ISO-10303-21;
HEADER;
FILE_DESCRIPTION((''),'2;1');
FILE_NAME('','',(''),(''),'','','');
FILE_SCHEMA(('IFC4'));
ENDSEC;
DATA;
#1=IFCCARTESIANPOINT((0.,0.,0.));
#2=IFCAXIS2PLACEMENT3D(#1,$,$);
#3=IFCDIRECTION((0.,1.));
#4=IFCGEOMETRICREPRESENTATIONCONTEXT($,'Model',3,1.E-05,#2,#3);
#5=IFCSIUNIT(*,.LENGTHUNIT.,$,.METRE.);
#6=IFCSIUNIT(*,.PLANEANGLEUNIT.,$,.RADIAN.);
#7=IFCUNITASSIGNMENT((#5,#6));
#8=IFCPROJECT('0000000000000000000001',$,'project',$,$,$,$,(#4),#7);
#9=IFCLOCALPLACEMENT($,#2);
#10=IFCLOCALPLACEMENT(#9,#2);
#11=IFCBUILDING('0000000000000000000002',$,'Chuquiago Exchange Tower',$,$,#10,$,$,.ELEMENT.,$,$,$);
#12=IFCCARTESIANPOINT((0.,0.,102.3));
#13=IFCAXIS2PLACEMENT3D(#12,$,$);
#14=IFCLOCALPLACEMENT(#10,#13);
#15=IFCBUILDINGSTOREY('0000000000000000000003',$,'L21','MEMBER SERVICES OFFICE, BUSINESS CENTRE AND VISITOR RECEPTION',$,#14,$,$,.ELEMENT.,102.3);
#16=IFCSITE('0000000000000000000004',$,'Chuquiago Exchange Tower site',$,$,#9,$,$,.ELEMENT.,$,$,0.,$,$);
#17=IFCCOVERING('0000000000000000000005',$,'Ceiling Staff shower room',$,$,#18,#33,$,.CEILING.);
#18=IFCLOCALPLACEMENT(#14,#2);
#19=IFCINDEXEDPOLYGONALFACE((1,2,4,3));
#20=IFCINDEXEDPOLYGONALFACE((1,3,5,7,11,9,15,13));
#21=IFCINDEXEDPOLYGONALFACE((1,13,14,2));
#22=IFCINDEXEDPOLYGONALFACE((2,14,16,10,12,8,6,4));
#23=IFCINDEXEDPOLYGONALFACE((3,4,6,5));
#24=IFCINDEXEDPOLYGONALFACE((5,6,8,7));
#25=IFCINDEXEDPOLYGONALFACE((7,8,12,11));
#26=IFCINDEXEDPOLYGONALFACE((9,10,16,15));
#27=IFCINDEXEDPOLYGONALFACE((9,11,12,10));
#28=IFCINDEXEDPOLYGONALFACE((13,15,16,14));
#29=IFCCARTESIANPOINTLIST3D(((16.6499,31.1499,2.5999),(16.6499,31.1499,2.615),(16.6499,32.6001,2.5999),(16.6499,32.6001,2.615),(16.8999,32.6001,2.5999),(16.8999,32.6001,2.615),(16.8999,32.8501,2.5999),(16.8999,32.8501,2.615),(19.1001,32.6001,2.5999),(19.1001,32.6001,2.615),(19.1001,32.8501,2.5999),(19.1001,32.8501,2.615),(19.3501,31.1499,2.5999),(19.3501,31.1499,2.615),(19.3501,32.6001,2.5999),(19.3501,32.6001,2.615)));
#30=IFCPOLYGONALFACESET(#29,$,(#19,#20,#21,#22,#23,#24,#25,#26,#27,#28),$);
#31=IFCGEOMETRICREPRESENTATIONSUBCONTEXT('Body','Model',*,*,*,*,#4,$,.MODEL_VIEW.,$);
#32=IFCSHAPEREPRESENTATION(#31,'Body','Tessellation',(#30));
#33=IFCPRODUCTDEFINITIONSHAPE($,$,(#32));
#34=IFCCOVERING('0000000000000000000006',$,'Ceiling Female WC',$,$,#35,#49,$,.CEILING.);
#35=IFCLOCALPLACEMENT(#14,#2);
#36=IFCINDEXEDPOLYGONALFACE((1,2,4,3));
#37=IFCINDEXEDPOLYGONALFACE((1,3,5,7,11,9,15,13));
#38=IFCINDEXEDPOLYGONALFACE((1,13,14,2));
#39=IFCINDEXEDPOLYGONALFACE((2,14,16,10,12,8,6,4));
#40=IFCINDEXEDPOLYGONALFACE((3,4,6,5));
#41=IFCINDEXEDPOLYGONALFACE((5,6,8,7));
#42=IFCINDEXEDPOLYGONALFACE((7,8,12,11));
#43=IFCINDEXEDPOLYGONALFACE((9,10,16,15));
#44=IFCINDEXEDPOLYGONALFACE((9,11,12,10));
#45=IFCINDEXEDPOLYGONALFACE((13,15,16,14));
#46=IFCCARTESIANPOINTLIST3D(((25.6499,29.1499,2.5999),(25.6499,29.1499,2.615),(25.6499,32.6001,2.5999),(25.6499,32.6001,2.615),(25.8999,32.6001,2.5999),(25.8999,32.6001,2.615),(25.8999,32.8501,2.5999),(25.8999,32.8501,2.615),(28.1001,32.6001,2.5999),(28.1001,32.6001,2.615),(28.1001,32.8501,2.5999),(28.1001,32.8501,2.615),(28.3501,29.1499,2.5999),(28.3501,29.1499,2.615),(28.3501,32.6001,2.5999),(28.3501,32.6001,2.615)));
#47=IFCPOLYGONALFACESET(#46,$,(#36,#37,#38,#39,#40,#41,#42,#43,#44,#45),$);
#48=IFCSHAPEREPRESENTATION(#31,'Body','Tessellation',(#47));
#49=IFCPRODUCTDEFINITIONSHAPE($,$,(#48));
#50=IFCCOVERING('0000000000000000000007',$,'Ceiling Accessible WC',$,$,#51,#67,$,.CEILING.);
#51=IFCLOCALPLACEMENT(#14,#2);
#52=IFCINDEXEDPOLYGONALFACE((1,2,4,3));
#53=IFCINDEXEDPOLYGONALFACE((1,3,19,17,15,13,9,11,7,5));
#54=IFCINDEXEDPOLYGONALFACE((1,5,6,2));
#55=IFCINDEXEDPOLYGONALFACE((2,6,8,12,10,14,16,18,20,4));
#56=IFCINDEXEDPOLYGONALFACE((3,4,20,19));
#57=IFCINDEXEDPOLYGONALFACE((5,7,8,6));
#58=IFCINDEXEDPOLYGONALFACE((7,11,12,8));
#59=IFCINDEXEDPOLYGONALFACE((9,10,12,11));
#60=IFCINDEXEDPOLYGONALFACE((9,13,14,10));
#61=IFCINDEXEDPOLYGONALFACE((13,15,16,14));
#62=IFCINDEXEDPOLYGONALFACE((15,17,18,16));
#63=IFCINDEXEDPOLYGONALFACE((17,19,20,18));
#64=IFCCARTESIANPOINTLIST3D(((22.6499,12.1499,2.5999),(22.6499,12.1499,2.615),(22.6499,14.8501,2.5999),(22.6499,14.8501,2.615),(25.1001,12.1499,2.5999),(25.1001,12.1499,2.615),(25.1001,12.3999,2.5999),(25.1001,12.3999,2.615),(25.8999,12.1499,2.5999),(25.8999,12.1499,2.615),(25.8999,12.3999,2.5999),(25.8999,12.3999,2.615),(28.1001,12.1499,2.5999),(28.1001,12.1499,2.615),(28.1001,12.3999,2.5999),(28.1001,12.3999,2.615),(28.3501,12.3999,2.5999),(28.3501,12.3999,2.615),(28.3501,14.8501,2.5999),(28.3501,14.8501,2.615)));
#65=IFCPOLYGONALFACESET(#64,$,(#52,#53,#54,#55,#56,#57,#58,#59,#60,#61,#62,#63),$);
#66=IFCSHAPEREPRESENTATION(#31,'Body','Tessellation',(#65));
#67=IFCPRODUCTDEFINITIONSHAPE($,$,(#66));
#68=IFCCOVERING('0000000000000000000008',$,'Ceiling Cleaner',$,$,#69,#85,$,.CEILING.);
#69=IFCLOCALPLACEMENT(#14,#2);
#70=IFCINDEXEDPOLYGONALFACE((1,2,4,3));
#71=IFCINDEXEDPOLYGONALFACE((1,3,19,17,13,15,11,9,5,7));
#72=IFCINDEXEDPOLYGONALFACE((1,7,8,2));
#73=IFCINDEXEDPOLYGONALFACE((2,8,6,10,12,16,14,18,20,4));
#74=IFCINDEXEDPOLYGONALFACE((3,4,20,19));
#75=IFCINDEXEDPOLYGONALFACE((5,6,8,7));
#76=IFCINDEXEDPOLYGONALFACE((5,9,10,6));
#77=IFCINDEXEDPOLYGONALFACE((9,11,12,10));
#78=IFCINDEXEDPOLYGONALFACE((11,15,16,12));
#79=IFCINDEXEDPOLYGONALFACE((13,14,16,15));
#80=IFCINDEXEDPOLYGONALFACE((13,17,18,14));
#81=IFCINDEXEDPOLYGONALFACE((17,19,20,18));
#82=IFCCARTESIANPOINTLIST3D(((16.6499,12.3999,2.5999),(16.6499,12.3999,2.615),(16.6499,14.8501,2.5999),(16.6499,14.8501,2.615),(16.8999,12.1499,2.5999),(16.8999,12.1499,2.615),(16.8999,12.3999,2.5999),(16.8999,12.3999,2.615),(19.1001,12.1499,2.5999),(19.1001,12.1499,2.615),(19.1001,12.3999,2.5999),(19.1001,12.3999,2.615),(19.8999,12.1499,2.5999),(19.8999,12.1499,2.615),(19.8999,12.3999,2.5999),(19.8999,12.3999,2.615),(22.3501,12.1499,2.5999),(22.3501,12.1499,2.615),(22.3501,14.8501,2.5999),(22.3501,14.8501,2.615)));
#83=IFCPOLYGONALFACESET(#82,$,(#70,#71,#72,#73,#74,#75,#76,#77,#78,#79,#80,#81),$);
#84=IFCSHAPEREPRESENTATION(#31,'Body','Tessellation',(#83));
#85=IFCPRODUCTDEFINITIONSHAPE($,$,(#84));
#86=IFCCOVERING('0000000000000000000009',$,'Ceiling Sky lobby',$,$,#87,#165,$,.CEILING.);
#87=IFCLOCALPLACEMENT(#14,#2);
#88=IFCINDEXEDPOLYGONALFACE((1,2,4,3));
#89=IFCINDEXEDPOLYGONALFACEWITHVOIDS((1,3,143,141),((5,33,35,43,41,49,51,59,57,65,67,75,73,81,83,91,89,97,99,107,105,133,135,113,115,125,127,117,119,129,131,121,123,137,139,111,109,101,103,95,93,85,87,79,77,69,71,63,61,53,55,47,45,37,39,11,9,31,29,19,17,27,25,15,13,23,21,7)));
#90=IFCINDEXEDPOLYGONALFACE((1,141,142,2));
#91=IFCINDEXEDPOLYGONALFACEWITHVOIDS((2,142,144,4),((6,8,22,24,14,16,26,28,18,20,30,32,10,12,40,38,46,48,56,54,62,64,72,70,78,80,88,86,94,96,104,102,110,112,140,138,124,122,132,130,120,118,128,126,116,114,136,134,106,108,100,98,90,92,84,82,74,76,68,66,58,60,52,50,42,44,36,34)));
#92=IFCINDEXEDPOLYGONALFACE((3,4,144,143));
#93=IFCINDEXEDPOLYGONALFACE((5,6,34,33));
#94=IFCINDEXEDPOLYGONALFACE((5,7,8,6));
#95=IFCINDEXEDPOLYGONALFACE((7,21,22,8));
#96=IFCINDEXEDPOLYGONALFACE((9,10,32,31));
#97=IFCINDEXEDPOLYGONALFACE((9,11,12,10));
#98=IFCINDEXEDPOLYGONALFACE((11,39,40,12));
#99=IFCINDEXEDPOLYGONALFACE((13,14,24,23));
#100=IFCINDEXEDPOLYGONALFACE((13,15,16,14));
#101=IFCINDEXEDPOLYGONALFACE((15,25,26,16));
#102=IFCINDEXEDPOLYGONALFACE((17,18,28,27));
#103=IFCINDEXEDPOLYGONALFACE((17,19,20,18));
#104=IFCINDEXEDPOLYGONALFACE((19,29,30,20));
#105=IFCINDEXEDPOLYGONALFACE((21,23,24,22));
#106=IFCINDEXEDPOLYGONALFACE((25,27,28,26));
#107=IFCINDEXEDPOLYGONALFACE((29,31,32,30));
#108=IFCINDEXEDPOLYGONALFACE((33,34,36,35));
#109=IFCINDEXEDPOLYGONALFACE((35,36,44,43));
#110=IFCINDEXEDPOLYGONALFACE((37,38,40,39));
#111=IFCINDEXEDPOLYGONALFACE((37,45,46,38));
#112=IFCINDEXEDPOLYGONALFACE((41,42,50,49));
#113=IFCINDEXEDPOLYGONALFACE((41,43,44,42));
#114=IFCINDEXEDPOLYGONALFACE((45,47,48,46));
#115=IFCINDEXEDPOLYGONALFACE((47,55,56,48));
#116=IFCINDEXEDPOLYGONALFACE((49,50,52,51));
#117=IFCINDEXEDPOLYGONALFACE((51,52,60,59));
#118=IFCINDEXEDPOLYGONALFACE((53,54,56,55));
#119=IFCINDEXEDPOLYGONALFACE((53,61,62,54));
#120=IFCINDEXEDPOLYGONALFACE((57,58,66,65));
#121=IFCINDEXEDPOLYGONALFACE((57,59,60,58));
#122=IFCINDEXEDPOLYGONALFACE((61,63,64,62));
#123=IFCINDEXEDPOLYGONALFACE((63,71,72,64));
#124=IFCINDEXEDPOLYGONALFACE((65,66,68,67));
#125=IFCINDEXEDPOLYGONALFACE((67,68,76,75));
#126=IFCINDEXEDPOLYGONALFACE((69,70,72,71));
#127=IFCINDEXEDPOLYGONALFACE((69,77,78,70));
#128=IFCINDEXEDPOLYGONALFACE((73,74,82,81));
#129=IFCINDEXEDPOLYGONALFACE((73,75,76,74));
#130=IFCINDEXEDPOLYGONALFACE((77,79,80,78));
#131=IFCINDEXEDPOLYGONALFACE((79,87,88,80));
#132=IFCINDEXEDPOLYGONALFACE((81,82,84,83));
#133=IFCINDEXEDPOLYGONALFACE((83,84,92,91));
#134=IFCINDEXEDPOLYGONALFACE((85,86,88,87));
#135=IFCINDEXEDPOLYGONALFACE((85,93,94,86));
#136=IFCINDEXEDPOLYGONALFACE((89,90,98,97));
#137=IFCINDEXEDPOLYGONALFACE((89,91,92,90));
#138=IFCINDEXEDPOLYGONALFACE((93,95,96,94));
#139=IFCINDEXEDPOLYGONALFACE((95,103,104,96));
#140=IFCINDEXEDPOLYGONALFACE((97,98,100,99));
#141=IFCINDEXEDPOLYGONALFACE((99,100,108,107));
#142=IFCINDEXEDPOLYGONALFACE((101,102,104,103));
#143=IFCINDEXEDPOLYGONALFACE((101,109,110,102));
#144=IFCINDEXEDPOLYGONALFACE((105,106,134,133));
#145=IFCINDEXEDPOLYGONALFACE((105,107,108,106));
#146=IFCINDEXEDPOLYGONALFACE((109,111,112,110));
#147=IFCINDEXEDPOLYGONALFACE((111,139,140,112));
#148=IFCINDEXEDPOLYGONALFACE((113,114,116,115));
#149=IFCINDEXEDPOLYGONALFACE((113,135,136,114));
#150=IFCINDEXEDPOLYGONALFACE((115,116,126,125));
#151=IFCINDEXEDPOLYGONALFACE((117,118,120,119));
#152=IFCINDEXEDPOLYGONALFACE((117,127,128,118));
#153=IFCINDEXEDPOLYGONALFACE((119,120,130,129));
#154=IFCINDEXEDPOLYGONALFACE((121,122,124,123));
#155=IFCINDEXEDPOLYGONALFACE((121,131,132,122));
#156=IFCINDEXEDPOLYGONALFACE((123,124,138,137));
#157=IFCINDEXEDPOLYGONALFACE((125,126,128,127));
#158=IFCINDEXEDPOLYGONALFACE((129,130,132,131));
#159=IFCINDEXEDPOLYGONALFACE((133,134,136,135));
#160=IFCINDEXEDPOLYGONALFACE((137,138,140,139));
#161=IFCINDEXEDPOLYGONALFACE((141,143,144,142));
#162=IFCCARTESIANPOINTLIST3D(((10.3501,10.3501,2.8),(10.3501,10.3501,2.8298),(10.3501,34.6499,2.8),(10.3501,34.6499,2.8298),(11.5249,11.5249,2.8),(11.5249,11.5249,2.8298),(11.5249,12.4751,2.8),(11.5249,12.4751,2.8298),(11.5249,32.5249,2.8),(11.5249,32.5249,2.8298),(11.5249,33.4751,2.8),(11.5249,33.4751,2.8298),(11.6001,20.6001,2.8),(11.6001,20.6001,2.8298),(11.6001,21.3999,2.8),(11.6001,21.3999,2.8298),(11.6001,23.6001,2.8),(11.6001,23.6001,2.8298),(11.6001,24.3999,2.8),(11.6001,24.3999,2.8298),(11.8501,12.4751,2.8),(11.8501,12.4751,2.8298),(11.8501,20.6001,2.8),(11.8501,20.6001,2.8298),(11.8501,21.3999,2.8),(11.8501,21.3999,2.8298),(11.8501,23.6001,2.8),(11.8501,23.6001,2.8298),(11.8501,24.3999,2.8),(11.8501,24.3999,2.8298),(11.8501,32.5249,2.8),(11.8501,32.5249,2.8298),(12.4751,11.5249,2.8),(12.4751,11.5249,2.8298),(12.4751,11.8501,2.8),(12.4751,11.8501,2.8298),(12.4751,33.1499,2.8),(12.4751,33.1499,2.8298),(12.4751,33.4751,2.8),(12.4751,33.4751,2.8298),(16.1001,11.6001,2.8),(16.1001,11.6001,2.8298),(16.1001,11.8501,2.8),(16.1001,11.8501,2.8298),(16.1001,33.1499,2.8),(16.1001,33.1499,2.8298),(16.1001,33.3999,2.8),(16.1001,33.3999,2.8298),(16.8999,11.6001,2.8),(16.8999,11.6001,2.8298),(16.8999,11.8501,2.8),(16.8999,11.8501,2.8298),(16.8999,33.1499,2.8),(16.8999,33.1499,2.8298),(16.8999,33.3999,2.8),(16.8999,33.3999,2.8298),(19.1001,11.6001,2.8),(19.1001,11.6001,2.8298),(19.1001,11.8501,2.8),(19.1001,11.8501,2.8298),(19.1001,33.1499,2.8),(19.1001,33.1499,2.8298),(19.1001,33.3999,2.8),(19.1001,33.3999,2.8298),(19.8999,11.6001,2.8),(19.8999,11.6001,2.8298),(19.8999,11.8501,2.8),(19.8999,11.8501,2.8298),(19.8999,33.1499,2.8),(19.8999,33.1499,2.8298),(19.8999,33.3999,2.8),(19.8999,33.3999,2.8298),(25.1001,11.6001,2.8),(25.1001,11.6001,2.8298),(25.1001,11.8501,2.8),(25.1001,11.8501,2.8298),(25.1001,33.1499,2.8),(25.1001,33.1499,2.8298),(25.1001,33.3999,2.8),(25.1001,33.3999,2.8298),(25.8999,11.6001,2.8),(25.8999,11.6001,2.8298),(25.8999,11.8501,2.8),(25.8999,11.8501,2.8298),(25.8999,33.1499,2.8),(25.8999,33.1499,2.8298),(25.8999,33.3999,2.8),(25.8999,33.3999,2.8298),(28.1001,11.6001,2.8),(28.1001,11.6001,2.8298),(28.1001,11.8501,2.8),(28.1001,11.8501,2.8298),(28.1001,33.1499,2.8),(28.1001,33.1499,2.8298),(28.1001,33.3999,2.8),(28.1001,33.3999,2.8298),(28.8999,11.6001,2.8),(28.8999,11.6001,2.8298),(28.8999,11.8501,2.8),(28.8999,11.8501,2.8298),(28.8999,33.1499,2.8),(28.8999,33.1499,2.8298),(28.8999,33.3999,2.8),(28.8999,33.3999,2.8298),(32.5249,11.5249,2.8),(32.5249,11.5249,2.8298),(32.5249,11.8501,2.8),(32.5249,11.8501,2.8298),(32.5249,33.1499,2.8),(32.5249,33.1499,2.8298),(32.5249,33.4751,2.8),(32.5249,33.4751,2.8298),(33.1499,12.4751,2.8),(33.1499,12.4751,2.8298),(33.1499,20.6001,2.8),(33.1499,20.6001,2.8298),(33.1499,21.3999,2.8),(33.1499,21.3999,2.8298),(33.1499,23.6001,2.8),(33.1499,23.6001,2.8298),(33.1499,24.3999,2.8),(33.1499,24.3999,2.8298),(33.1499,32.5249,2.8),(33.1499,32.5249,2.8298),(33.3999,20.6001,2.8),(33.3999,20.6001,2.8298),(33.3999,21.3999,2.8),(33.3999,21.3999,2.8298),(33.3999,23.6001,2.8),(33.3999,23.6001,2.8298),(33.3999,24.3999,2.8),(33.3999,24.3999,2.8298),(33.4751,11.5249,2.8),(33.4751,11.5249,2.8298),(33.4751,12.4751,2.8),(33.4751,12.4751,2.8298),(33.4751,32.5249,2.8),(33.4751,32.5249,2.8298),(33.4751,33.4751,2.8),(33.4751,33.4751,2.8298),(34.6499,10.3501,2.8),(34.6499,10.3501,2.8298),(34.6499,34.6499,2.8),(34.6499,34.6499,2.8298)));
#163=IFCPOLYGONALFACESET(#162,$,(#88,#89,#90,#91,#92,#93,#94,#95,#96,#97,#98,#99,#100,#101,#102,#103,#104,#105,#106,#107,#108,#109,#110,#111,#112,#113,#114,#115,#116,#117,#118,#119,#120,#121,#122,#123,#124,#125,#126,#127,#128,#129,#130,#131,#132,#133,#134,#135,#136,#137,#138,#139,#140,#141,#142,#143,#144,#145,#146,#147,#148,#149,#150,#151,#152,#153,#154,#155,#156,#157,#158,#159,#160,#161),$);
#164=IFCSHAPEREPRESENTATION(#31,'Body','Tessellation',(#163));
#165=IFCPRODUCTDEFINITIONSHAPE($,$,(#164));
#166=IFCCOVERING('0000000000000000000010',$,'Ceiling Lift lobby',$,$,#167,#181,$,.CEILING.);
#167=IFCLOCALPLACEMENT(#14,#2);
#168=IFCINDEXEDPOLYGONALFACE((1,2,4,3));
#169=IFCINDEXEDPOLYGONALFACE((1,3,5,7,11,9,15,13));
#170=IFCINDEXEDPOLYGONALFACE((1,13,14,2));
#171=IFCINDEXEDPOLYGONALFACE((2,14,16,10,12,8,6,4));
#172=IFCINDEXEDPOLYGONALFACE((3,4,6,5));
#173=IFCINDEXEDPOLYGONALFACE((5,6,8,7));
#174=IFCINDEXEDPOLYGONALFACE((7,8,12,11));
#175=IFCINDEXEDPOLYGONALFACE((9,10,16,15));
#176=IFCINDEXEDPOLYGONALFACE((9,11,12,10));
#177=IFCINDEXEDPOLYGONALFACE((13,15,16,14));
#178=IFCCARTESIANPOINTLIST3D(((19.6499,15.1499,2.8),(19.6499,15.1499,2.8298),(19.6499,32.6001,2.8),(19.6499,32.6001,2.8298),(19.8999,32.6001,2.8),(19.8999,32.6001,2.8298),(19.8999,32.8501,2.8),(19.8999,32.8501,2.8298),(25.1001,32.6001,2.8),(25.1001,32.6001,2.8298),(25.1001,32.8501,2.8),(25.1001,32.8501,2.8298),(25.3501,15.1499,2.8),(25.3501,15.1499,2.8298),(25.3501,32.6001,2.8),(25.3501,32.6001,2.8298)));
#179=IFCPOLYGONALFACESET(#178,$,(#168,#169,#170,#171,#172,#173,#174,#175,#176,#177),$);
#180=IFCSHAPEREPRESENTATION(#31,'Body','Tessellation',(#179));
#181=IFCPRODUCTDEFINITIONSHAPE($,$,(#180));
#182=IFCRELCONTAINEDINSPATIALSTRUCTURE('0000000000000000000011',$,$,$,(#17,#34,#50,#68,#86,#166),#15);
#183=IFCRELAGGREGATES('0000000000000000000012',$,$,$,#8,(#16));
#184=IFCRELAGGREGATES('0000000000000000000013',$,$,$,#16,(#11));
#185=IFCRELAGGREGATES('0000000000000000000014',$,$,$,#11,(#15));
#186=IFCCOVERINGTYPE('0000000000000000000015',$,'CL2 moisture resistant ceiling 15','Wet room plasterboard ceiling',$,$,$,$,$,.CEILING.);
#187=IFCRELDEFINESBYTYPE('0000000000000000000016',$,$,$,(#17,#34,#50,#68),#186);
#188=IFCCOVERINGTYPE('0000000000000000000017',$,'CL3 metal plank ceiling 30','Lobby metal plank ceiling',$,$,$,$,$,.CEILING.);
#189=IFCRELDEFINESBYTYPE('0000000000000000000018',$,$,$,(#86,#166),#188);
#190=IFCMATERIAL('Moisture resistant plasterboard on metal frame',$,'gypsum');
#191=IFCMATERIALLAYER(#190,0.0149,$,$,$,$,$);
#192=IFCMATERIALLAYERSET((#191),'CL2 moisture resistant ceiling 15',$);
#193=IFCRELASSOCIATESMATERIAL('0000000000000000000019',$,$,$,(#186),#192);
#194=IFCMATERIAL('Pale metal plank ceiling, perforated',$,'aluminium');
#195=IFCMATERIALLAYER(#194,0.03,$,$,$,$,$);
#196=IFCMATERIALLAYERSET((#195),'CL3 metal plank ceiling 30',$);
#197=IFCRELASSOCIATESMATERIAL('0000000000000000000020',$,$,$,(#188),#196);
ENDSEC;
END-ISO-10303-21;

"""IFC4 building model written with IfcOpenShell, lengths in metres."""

from ifc_helpers import new_model, si_unit, direction, frame, origin, place, context, subcontext, project, spatial, polyline, outline, extrude, material, layer, layer_set, type_object, element, save


model = new_model("IFC4")

# Units and contexts
model_context = context("Model", 3, precision=1e-05, world=origin(), true_north=direction((0.0, 1.0)))
body_context = subcontext(model_context, "Body", "Model", "MODEL_VIEW")
ifc_project = project(units=[si_unit("LENGTHUNIT", "METRE"), si_unit("PLANEANGLEUNIT", "RADIAN")], contexts=[model_context])

# Site, building, storey
site_placement = place(None, origin())
site = spatial("IfcSite", under=ifc_project, at=site_placement, Name="Chuquiago Exchange Tower site", CompositionType="ELEMENT", RefElevation=0.0)
building_placement = place(site_placement, origin())
building = spatial("IfcBuilding", under=site, at=building_placement, Name="Chuquiago Exchange Tower", CompositionType="ELEMENT")
storey_placement = place(building_placement, frame((0.0, 0.0, 102.3)))
storey = spatial("IfcBuildingStorey", under=building, at=storey_placement, Name="L21", Description="MEMBER SERVICES OFFICE, BUSINESS CENTRE AND VISITOR RECEPTION", CompositionType="ELEMENT", Elevation=102.3)

# Coverings
ifc_material_1 = material(Name="Moisture resistant plasterboard on metal frame", Category="gypsum")
ifc_layer_1 = layer(ifc_material_1, 0.0149)
ifc_layer_set_1 = layer_set([ifc_layer_1], Name="CL2 moisture resistant ceiling 15")
covering_type_1 = type_object("IfcCoveringType", Name="CL2 moisture resistant ceiling 15", Description="Wet room plasterboard ceiling", PredefinedType="CEILING", material=ifc_layer_set_1)
covering_1_placement = place(storey_placement, frame((0.0, 0.0, 2.5999)))
element("IfcCovering", 1, at=covering_1_placement, inside=storey, type_object=covering_type_1, Name="Ceiling Staff shower room", PredefinedType="CEILING", context=body_context, shape_type="SweptSolid", body=[
    extrude(outline(polyline([(16.6499, 31.1499), (16.6499, 32.6001), (16.8999, 32.6001), (16.8999, 32.8501), (19.1001, 32.8501), (19.1001, 32.6001), (19.3501, 32.6001), (19.3501, 31.1499), (16.6499, 31.1499)])), origin(), (0.0, 0.0, 1.0), 0.0151),
])
covering_2_placement = place(storey_placement, frame((0.0, 0.0, 2.5999)))
element("IfcCovering", 2, at=covering_2_placement, inside=storey, type_object=covering_type_1, Name="Ceiling Female WC", PredefinedType="CEILING", context=body_context, shape_type="SweptSolid", body=[
    extrude(outline(polyline([(25.6499, 29.1499), (25.6499, 32.6001), (25.8999, 32.6001), (25.8999, 32.8501), (28.1001, 32.8501), (28.1001, 32.6001), (28.3501, 32.6001), (28.3501, 29.1499), (25.6499, 29.1499)])), origin(), (0.0, 0.0, 1.0), 0.0151),
])
covering_3_placement = place(storey_placement, frame((0.0, 0.0, 2.5999)))
element("IfcCovering", 3, at=covering_3_placement, inside=storey, type_object=covering_type_1, Name="Ceiling Accessible WC", PredefinedType="CEILING", context=body_context, shape_type="SweptSolid", body=[
    extrude(outline(polyline([(25.8999, 12.1499), (25.8999, 12.3999), (25.1001, 12.3999), (25.1001, 12.1499), (22.6499, 12.1499), (22.6499, 14.8501), (28.3501, 14.8501), (28.3501, 12.3999), (28.1001, 12.3999), (28.1001, 12.1499), (25.8999, 12.1499)])), origin(), (0.0, 0.0, 1.0), 0.0151),
])
covering_4_placement = place(storey_placement, frame((0.0, 0.0, 2.5999)))
element("IfcCovering", 4, at=covering_4_placement, inside=storey, type_object=covering_type_1, Name="Ceiling Cleaner", PredefinedType="CEILING", context=body_context, shape_type="SweptSolid", body=[
    extrude(outline(polyline([(19.8999, 12.1499), (19.8999, 12.3999), (19.1001, 12.3999), (19.1001, 12.1499), (16.8999, 12.1499), (16.8999, 12.3999), (16.6499, 12.3999), (16.6499, 14.8501), (22.3501, 14.8501), (22.3501, 12.1499), (19.8999, 12.1499)])), origin(), (0.0, 0.0, 1.0), 0.0151),
])
ifc_material_2 = material(Name="Pale metal plank ceiling, perforated", Category="aluminium")
ifc_layer_2 = layer(ifc_material_2, 0.03)
ifc_layer_set_2 = layer_set([ifc_layer_2], Name="CL3 metal plank ceiling 30")
covering_type_2 = type_object("IfcCoveringType", Name="CL3 metal plank ceiling 30", Description="Lobby metal plank ceiling", PredefinedType="CEILING", material=ifc_layer_set_2)
covering_5_placement = place(storey_placement, frame((0.0, 0.0, 2.8)))
element("IfcCovering", 5, at=covering_5_placement, inside=storey, type_object=covering_type_2, Name="Ceiling Sky lobby", PredefinedType="CEILING", context=body_context, shape_type="SweptSolid", body=[
    extrude(outline(polyline([(10.3501, 34.6499), (34.6499, 34.6499), (34.6499, 10.3501), (10.3501, 10.3501), (10.3501, 34.6499)]), holes=[polyline([(16.1001, 11.8501), (16.1001, 11.6001), (16.8999, 11.6001), (16.8999, 11.8501), (19.1001, 11.8501), (19.1001, 11.6001), (19.8999, 11.6001), (19.8999, 11.8501), (25.1001, 11.8501), (25.1001, 11.6001), (25.8999, 11.6001), (25.8999, 11.8501), (28.1001, 11.8501), (28.1001, 11.6001), (28.8999, 11.6001), (28.8999, 11.8501), (32.5249, 11.8501), (32.5249, 11.5249), (33.4751, 11.5249), (33.4751, 12.4751), (33.1499, 12.4751), (33.1499, 20.6001), (33.3999, 20.6001), (33.3999, 21.3999), (33.1499, 21.3999), (33.1499, 23.6001), (33.3999, 23.6001), (33.3999, 24.3999), (33.1499, 24.3999), (33.1499, 32.5249), (33.4751, 32.5249), (33.4751, 33.4751), (32.5249, 33.4751), (32.5249, 33.1499), (28.8999, 33.1499), (28.8999, 33.3999), (28.1001, 33.3999), (28.1001, 33.1499), (25.8999, 33.1499), (25.8999, 33.3999), (25.1001, 33.3999), (25.1001, 33.1499), (19.8999, 33.1499), (19.8999, 33.3999), (19.1001, 33.3999), (19.1001, 33.1499), (16.8999, 33.1499), (16.8999, 33.3999), (16.1001, 33.3999), (16.1001, 33.1499), (12.4751, 33.1499), (12.4751, 33.4751), (11.5249, 33.4751), (11.5249, 32.5249), (11.8501, 32.5249), (11.8501, 24.3999), (11.6001, 24.3999), (11.6001, 23.6001), (11.8501, 23.6001), (11.8501, 21.3999), (11.6001, 21.3999), (11.6001, 20.6001), (11.8501, 20.6001), (11.8501, 12.4751), (11.5249, 12.4751), (11.5249, 11.5249), (12.4751, 11.5249), (12.4751, 11.8501), (16.1001, 11.8501)])]), origin(), (0.0, 0.0, 1.0), 0.0298),
])
covering_6_placement = place(storey_placement, frame((0.0, 0.0, 2.8)))
element("IfcCovering", 6, at=covering_6_placement, inside=storey, type_object=covering_type_2, Name="Ceiling Lift lobby", PredefinedType="CEILING", context=body_context, shape_type="SweptSolid", body=[
    extrude(outline(polyline([(19.6499, 15.1499), (19.6499, 32.6001), (19.8999, 32.6001), (19.8999, 32.8501), (25.1001, 32.8501), (25.1001, 32.6001), (25.3501, 32.6001), (25.3501, 15.1499), (19.6499, 15.1499)])), origin(), (0.0, 0.0, 1.0), 0.0298),
])

save(model, "model.ifc")
